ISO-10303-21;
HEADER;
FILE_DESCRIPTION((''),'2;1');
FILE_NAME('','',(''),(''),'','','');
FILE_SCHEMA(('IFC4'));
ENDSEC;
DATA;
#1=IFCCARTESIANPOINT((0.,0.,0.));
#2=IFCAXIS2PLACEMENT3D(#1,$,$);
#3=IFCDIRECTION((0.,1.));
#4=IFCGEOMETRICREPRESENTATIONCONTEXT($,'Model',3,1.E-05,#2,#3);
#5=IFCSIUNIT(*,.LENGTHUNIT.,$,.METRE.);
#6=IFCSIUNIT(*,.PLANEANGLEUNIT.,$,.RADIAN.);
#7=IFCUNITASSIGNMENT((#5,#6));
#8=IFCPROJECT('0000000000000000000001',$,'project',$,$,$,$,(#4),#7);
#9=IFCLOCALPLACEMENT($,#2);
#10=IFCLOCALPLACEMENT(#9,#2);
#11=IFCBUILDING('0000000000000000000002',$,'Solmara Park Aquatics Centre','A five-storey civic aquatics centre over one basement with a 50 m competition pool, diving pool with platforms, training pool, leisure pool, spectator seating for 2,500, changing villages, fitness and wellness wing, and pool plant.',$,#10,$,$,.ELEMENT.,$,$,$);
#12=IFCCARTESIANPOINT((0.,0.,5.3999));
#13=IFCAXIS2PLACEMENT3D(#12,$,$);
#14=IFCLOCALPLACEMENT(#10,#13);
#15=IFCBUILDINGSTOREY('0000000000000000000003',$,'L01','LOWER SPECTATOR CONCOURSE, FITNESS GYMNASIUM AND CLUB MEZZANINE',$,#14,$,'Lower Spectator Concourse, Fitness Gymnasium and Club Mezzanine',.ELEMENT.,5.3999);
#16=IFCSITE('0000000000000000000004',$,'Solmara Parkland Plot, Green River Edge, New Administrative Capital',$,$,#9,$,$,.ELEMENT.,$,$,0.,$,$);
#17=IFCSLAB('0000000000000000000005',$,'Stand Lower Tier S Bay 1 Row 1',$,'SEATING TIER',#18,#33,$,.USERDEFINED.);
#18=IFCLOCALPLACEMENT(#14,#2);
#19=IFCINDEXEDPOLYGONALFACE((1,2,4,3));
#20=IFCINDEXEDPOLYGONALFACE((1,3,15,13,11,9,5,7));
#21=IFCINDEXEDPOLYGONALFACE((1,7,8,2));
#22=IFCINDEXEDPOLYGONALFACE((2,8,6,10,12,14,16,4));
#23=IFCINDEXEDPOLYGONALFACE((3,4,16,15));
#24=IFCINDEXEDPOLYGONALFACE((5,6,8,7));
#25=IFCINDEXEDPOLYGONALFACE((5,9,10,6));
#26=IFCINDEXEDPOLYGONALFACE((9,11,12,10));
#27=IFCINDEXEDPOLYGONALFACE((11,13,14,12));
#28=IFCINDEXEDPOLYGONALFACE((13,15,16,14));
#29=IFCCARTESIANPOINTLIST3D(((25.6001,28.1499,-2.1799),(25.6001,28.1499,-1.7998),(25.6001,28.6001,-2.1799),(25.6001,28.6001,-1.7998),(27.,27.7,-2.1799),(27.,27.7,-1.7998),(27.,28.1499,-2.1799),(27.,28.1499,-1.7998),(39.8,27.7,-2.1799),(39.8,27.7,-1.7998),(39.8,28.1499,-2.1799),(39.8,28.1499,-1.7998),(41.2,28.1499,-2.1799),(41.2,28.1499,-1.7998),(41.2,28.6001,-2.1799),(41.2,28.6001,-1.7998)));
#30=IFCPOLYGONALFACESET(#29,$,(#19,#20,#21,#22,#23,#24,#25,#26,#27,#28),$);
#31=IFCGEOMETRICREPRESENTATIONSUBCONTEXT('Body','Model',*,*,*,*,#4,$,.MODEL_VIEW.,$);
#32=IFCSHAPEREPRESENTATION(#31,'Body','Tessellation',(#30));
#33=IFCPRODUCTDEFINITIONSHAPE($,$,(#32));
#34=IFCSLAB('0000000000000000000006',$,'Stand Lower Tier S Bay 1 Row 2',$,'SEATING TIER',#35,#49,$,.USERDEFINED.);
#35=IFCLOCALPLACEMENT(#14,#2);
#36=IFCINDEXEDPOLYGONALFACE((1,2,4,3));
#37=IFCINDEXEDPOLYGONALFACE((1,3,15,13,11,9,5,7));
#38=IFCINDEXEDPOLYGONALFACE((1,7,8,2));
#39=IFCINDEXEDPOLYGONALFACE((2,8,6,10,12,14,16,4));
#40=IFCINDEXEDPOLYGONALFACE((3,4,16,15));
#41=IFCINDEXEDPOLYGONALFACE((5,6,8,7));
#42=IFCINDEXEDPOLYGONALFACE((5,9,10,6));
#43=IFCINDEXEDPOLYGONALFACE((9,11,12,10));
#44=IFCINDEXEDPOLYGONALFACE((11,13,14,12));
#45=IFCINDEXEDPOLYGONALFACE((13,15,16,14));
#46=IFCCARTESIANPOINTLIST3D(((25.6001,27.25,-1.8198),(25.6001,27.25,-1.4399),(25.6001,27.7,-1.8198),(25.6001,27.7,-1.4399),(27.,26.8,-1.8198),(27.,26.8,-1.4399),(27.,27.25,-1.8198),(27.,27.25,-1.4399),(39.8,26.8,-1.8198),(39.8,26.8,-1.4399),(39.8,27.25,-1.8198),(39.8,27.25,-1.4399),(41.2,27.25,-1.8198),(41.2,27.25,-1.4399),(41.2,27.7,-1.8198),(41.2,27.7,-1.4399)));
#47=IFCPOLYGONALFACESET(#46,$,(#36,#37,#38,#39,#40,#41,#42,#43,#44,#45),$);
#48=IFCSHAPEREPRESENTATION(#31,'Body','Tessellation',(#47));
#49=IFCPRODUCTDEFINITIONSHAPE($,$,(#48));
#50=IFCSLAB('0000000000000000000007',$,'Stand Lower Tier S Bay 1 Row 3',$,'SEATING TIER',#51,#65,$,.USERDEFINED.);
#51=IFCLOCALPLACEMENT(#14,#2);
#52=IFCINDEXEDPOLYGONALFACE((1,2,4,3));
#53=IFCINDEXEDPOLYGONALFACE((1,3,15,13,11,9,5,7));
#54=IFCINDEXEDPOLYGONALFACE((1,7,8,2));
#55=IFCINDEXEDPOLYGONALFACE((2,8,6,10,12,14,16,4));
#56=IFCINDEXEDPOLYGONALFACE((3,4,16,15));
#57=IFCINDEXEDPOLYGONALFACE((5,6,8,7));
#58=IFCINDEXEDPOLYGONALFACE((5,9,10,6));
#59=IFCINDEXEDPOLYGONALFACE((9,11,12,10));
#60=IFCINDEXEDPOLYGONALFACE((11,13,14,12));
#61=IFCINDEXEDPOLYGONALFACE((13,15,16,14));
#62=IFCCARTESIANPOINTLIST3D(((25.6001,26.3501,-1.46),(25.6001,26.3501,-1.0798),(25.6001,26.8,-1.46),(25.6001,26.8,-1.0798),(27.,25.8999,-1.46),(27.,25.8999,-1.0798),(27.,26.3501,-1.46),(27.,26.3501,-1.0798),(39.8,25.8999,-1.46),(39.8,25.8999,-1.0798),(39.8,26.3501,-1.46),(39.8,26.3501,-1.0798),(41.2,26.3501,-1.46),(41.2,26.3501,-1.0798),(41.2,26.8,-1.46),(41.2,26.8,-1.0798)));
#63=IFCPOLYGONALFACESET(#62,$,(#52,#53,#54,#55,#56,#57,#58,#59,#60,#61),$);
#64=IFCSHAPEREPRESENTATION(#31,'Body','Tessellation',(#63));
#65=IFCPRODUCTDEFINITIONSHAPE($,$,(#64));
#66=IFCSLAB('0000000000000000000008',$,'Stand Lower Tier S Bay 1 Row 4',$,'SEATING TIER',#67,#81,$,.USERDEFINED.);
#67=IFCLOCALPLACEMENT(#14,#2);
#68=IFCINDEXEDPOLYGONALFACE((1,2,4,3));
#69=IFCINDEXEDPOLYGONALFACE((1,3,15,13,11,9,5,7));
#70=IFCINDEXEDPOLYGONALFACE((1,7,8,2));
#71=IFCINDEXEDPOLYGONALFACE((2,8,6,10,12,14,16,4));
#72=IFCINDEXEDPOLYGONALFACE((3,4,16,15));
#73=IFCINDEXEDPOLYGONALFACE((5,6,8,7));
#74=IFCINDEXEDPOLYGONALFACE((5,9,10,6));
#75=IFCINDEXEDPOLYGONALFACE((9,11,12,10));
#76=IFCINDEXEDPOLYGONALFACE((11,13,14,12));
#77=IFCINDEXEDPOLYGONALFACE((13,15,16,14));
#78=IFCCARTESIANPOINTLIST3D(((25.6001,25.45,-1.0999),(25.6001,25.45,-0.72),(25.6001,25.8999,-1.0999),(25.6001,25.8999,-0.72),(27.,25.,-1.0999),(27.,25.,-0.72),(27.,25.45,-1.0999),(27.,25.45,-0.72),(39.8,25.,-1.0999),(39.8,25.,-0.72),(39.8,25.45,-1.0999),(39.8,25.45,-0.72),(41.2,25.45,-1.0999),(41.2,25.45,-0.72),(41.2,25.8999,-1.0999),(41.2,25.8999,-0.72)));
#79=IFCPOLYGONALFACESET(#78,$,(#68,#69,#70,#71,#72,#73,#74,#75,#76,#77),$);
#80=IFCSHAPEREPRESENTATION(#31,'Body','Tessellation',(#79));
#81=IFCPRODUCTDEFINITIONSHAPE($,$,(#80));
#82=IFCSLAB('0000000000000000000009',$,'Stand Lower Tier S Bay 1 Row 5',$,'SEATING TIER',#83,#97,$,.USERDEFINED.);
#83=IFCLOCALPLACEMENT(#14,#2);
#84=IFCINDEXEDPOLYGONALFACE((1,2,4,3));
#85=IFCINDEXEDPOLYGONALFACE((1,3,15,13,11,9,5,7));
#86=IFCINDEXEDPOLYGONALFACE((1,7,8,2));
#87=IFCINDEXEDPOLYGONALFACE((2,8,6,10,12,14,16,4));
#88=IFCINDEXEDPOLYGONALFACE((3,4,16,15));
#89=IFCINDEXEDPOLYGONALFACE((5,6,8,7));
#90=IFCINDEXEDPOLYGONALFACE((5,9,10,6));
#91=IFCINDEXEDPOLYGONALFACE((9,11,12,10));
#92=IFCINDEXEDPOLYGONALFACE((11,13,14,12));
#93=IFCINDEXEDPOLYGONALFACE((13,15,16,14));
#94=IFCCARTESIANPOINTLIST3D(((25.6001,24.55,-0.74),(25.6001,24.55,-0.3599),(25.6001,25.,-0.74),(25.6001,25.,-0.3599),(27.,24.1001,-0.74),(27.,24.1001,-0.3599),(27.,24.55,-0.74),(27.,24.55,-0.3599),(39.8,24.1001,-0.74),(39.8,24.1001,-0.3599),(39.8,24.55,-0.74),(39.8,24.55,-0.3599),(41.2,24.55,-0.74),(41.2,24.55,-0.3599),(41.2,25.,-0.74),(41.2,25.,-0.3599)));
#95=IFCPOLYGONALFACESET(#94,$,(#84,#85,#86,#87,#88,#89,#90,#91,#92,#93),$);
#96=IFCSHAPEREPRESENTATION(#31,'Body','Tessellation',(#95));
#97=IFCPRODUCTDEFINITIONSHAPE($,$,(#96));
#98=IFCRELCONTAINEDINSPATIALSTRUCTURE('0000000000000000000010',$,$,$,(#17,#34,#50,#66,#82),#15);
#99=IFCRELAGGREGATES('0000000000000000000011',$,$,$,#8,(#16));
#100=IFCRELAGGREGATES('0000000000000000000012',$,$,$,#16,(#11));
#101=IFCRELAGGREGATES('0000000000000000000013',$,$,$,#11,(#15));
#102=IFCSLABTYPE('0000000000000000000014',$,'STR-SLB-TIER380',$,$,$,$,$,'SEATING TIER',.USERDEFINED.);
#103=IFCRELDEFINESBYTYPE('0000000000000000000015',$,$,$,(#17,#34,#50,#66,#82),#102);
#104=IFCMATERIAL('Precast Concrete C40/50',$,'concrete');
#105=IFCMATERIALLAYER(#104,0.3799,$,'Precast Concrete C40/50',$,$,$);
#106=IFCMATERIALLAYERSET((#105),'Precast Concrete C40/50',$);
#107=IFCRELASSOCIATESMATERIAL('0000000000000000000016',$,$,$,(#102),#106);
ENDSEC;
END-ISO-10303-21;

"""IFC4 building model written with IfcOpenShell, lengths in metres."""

from ifc_helpers import new_model, si_unit, direction, frame, origin, place, context, subcontext, project, spatial, polyline, outline, extrude, material, layer, layer_set, type_object, element, save


model = new_model("IFC4")

# Units and contexts
model_context = context("Model", 3, precision=1e-05, world=origin(), true_north=direction((0.0, 1.0)))
body_context = subcontext(model_context, "Body", "Model", "MODEL_VIEW")
ifc_project = project(units=[si_unit("LENGTHUNIT", "METRE"), si_unit("PLANEANGLEUNIT", "RADIAN")], contexts=[model_context])

# Site, building, storey
site_placement = place(None, origin())
site = spatial("IfcSite", under=ifc_project, at=site_placement, Name="Solmara Parkland Plot, Green River Edge, New Administrative Capital", CompositionType="ELEMENT", RefElevation=0.0)
building_placement = place(site_placement, origin())
building = spatial("IfcBuilding", under=site, at=building_placement, Name="Solmara Park Aquatics Centre", Description="A five-storey civic aquatics centre over one basement with a 50 m competition pool, diving pool with platforms, training pool, leisure pool, spectator seating for 2,500, changing villages, fitness and wellness wing, and pool plant.", CompositionType="ELEMENT")
storey_placement = place(building_placement, frame((0.0, 0.0, 5.3999)))
storey = spatial("IfcBuildingStorey", under=building, at=storey_placement, Name="L01", Description="LOWER SPECTATOR CONCOURSE, FITNESS GYMNASIUM AND CLUB MEZZANINE", LongName="Lower Spectator Concourse, Fitness Gymnasium and Club Mezzanine", CompositionType="ELEMENT", Elevation=5.3999)

# Slabs
ifc_material_1 = material(Name="Precast Concrete C40/50", Category="concrete")
ifc_layer_1 = layer(ifc_material_1, 0.3799, Name="Precast Concrete C40/50")
ifc_layer_set_1 = layer_set([ifc_layer_1], Name="Precast Concrete C40/50")
slab_type_1 = type_object("IfcSlabType", Name="STR-SLB-TIER380", ElementType="SEATING TIER", PredefinedType="USERDEFINED", material=ifc_layer_set_1)
slab_1_placement = place(storey_placement, frame((0.0, 0.0, -2.1799)))
element("IfcSlab", 1, at=slab_1_placement, inside=storey, type_object=slab_type_1, Name="Stand Lower Tier S Bay 1 Row 1", ObjectType="SEATING TIER", PredefinedType="USERDEFINED", context=body_context, shape_type="SweptSolid", body=[
    extrude(outline(polyline([(27.0, 27.7), (39.8, 27.7), (39.8, 28.1499), (41.2, 28.1499), (41.2, 28.6001), (25.6001, 28.6001), (25.6001, 28.1499), (27.0, 28.1499), (27.0, 27.7)])), origin(), (0.0, 0.0, 1.0), 0.3801),
])
slab_2_placement = place(storey_placement, frame((0.0, 0.0, -1.8198)))
element("IfcSlab", 2, at=slab_2_placement, inside=storey, type_object=slab_type_1, Name="Stand Lower Tier S Bay 1 Row 2", ObjectType="SEATING TIER", PredefinedType="USERDEFINED", context=body_context, shape_type="SweptSolid", body=[
    extrude(outline(polyline([(27.0, 26.8), (39.8, 26.8), (39.8, 27.25), (41.2, 27.25), (41.2, 27.7), (25.6001, 27.7), (25.6001, 27.25), (27.0, 27.25), (27.0, 26.8)])), origin(), (0.0, 0.0, 1.0), 0.3799),
])
slab_3_placement = place(storey_placement, frame((0.0, 0.0, -1.46)))
element("IfcSlab", 3, at=slab_3_placement, inside=storey, type_object=slab_type_1, Name="Stand Lower Tier S Bay 1 Row 3", ObjectType="SEATING TIER", PredefinedType="USERDEFINED", context=body_context, shape_type="SweptSolid", body=[
    extrude(outline(polyline([(27.0, 25.8999), (39.8, 25.8999), (39.8, 26.3501), (41.2, 26.3501), (41.2, 26.8), (25.6001, 26.8), (25.6001, 26.3501), (27.0, 26.3501), (27.0, 25.8999)])), origin(), (0.0, 0.0, 1.0), 0.3801),
])
slab_4_placement = place(storey_placement, frame((0.0, 0.0, -1.0999)))
element("IfcSlab", 4, at=slab_4_placement, inside=storey, type_object=slab_type_1, Name="Stand Lower Tier S Bay 1 Row 4", ObjectType="SEATING TIER", PredefinedType="USERDEFINED", context=body_context, shape_type="SweptSolid", body=[
    extrude(outline(polyline([(27.0, 25.0), (39.8, 25.0), (39.8, 25.45), (41.2, 25.45), (41.2, 25.8999), (25.6001, 25.8999), (25.6001, 25.45), (27.0, 25.45), (27.0, 25.0)])), origin(), (0.0, 0.0, 1.0), 0.3799),
])
slab_5_placement = place(storey_placement, frame((0.0, 0.0, -0.74)))
element("IfcSlab", 5, at=slab_5_placement, inside=storey, type_object=slab_type_1, Name="Stand Lower Tier S Bay 1 Row 5", ObjectType="SEATING TIER", PredefinedType="USERDEFINED", context=body_context, shape_type="SweptSolid", body=[
    extrude(outline(polyline([(27.0, 24.1001), (39.8, 24.1001), (39.8, 24.55), (41.2, 24.55), (41.2, 25.0), (25.6001, 25.0), (25.6001, 24.55), (27.0, 24.55), (27.0, 24.1001)])), origin(), (0.0, 0.0, 1.0), 0.3801),
])

save(model, "model.ifc")
